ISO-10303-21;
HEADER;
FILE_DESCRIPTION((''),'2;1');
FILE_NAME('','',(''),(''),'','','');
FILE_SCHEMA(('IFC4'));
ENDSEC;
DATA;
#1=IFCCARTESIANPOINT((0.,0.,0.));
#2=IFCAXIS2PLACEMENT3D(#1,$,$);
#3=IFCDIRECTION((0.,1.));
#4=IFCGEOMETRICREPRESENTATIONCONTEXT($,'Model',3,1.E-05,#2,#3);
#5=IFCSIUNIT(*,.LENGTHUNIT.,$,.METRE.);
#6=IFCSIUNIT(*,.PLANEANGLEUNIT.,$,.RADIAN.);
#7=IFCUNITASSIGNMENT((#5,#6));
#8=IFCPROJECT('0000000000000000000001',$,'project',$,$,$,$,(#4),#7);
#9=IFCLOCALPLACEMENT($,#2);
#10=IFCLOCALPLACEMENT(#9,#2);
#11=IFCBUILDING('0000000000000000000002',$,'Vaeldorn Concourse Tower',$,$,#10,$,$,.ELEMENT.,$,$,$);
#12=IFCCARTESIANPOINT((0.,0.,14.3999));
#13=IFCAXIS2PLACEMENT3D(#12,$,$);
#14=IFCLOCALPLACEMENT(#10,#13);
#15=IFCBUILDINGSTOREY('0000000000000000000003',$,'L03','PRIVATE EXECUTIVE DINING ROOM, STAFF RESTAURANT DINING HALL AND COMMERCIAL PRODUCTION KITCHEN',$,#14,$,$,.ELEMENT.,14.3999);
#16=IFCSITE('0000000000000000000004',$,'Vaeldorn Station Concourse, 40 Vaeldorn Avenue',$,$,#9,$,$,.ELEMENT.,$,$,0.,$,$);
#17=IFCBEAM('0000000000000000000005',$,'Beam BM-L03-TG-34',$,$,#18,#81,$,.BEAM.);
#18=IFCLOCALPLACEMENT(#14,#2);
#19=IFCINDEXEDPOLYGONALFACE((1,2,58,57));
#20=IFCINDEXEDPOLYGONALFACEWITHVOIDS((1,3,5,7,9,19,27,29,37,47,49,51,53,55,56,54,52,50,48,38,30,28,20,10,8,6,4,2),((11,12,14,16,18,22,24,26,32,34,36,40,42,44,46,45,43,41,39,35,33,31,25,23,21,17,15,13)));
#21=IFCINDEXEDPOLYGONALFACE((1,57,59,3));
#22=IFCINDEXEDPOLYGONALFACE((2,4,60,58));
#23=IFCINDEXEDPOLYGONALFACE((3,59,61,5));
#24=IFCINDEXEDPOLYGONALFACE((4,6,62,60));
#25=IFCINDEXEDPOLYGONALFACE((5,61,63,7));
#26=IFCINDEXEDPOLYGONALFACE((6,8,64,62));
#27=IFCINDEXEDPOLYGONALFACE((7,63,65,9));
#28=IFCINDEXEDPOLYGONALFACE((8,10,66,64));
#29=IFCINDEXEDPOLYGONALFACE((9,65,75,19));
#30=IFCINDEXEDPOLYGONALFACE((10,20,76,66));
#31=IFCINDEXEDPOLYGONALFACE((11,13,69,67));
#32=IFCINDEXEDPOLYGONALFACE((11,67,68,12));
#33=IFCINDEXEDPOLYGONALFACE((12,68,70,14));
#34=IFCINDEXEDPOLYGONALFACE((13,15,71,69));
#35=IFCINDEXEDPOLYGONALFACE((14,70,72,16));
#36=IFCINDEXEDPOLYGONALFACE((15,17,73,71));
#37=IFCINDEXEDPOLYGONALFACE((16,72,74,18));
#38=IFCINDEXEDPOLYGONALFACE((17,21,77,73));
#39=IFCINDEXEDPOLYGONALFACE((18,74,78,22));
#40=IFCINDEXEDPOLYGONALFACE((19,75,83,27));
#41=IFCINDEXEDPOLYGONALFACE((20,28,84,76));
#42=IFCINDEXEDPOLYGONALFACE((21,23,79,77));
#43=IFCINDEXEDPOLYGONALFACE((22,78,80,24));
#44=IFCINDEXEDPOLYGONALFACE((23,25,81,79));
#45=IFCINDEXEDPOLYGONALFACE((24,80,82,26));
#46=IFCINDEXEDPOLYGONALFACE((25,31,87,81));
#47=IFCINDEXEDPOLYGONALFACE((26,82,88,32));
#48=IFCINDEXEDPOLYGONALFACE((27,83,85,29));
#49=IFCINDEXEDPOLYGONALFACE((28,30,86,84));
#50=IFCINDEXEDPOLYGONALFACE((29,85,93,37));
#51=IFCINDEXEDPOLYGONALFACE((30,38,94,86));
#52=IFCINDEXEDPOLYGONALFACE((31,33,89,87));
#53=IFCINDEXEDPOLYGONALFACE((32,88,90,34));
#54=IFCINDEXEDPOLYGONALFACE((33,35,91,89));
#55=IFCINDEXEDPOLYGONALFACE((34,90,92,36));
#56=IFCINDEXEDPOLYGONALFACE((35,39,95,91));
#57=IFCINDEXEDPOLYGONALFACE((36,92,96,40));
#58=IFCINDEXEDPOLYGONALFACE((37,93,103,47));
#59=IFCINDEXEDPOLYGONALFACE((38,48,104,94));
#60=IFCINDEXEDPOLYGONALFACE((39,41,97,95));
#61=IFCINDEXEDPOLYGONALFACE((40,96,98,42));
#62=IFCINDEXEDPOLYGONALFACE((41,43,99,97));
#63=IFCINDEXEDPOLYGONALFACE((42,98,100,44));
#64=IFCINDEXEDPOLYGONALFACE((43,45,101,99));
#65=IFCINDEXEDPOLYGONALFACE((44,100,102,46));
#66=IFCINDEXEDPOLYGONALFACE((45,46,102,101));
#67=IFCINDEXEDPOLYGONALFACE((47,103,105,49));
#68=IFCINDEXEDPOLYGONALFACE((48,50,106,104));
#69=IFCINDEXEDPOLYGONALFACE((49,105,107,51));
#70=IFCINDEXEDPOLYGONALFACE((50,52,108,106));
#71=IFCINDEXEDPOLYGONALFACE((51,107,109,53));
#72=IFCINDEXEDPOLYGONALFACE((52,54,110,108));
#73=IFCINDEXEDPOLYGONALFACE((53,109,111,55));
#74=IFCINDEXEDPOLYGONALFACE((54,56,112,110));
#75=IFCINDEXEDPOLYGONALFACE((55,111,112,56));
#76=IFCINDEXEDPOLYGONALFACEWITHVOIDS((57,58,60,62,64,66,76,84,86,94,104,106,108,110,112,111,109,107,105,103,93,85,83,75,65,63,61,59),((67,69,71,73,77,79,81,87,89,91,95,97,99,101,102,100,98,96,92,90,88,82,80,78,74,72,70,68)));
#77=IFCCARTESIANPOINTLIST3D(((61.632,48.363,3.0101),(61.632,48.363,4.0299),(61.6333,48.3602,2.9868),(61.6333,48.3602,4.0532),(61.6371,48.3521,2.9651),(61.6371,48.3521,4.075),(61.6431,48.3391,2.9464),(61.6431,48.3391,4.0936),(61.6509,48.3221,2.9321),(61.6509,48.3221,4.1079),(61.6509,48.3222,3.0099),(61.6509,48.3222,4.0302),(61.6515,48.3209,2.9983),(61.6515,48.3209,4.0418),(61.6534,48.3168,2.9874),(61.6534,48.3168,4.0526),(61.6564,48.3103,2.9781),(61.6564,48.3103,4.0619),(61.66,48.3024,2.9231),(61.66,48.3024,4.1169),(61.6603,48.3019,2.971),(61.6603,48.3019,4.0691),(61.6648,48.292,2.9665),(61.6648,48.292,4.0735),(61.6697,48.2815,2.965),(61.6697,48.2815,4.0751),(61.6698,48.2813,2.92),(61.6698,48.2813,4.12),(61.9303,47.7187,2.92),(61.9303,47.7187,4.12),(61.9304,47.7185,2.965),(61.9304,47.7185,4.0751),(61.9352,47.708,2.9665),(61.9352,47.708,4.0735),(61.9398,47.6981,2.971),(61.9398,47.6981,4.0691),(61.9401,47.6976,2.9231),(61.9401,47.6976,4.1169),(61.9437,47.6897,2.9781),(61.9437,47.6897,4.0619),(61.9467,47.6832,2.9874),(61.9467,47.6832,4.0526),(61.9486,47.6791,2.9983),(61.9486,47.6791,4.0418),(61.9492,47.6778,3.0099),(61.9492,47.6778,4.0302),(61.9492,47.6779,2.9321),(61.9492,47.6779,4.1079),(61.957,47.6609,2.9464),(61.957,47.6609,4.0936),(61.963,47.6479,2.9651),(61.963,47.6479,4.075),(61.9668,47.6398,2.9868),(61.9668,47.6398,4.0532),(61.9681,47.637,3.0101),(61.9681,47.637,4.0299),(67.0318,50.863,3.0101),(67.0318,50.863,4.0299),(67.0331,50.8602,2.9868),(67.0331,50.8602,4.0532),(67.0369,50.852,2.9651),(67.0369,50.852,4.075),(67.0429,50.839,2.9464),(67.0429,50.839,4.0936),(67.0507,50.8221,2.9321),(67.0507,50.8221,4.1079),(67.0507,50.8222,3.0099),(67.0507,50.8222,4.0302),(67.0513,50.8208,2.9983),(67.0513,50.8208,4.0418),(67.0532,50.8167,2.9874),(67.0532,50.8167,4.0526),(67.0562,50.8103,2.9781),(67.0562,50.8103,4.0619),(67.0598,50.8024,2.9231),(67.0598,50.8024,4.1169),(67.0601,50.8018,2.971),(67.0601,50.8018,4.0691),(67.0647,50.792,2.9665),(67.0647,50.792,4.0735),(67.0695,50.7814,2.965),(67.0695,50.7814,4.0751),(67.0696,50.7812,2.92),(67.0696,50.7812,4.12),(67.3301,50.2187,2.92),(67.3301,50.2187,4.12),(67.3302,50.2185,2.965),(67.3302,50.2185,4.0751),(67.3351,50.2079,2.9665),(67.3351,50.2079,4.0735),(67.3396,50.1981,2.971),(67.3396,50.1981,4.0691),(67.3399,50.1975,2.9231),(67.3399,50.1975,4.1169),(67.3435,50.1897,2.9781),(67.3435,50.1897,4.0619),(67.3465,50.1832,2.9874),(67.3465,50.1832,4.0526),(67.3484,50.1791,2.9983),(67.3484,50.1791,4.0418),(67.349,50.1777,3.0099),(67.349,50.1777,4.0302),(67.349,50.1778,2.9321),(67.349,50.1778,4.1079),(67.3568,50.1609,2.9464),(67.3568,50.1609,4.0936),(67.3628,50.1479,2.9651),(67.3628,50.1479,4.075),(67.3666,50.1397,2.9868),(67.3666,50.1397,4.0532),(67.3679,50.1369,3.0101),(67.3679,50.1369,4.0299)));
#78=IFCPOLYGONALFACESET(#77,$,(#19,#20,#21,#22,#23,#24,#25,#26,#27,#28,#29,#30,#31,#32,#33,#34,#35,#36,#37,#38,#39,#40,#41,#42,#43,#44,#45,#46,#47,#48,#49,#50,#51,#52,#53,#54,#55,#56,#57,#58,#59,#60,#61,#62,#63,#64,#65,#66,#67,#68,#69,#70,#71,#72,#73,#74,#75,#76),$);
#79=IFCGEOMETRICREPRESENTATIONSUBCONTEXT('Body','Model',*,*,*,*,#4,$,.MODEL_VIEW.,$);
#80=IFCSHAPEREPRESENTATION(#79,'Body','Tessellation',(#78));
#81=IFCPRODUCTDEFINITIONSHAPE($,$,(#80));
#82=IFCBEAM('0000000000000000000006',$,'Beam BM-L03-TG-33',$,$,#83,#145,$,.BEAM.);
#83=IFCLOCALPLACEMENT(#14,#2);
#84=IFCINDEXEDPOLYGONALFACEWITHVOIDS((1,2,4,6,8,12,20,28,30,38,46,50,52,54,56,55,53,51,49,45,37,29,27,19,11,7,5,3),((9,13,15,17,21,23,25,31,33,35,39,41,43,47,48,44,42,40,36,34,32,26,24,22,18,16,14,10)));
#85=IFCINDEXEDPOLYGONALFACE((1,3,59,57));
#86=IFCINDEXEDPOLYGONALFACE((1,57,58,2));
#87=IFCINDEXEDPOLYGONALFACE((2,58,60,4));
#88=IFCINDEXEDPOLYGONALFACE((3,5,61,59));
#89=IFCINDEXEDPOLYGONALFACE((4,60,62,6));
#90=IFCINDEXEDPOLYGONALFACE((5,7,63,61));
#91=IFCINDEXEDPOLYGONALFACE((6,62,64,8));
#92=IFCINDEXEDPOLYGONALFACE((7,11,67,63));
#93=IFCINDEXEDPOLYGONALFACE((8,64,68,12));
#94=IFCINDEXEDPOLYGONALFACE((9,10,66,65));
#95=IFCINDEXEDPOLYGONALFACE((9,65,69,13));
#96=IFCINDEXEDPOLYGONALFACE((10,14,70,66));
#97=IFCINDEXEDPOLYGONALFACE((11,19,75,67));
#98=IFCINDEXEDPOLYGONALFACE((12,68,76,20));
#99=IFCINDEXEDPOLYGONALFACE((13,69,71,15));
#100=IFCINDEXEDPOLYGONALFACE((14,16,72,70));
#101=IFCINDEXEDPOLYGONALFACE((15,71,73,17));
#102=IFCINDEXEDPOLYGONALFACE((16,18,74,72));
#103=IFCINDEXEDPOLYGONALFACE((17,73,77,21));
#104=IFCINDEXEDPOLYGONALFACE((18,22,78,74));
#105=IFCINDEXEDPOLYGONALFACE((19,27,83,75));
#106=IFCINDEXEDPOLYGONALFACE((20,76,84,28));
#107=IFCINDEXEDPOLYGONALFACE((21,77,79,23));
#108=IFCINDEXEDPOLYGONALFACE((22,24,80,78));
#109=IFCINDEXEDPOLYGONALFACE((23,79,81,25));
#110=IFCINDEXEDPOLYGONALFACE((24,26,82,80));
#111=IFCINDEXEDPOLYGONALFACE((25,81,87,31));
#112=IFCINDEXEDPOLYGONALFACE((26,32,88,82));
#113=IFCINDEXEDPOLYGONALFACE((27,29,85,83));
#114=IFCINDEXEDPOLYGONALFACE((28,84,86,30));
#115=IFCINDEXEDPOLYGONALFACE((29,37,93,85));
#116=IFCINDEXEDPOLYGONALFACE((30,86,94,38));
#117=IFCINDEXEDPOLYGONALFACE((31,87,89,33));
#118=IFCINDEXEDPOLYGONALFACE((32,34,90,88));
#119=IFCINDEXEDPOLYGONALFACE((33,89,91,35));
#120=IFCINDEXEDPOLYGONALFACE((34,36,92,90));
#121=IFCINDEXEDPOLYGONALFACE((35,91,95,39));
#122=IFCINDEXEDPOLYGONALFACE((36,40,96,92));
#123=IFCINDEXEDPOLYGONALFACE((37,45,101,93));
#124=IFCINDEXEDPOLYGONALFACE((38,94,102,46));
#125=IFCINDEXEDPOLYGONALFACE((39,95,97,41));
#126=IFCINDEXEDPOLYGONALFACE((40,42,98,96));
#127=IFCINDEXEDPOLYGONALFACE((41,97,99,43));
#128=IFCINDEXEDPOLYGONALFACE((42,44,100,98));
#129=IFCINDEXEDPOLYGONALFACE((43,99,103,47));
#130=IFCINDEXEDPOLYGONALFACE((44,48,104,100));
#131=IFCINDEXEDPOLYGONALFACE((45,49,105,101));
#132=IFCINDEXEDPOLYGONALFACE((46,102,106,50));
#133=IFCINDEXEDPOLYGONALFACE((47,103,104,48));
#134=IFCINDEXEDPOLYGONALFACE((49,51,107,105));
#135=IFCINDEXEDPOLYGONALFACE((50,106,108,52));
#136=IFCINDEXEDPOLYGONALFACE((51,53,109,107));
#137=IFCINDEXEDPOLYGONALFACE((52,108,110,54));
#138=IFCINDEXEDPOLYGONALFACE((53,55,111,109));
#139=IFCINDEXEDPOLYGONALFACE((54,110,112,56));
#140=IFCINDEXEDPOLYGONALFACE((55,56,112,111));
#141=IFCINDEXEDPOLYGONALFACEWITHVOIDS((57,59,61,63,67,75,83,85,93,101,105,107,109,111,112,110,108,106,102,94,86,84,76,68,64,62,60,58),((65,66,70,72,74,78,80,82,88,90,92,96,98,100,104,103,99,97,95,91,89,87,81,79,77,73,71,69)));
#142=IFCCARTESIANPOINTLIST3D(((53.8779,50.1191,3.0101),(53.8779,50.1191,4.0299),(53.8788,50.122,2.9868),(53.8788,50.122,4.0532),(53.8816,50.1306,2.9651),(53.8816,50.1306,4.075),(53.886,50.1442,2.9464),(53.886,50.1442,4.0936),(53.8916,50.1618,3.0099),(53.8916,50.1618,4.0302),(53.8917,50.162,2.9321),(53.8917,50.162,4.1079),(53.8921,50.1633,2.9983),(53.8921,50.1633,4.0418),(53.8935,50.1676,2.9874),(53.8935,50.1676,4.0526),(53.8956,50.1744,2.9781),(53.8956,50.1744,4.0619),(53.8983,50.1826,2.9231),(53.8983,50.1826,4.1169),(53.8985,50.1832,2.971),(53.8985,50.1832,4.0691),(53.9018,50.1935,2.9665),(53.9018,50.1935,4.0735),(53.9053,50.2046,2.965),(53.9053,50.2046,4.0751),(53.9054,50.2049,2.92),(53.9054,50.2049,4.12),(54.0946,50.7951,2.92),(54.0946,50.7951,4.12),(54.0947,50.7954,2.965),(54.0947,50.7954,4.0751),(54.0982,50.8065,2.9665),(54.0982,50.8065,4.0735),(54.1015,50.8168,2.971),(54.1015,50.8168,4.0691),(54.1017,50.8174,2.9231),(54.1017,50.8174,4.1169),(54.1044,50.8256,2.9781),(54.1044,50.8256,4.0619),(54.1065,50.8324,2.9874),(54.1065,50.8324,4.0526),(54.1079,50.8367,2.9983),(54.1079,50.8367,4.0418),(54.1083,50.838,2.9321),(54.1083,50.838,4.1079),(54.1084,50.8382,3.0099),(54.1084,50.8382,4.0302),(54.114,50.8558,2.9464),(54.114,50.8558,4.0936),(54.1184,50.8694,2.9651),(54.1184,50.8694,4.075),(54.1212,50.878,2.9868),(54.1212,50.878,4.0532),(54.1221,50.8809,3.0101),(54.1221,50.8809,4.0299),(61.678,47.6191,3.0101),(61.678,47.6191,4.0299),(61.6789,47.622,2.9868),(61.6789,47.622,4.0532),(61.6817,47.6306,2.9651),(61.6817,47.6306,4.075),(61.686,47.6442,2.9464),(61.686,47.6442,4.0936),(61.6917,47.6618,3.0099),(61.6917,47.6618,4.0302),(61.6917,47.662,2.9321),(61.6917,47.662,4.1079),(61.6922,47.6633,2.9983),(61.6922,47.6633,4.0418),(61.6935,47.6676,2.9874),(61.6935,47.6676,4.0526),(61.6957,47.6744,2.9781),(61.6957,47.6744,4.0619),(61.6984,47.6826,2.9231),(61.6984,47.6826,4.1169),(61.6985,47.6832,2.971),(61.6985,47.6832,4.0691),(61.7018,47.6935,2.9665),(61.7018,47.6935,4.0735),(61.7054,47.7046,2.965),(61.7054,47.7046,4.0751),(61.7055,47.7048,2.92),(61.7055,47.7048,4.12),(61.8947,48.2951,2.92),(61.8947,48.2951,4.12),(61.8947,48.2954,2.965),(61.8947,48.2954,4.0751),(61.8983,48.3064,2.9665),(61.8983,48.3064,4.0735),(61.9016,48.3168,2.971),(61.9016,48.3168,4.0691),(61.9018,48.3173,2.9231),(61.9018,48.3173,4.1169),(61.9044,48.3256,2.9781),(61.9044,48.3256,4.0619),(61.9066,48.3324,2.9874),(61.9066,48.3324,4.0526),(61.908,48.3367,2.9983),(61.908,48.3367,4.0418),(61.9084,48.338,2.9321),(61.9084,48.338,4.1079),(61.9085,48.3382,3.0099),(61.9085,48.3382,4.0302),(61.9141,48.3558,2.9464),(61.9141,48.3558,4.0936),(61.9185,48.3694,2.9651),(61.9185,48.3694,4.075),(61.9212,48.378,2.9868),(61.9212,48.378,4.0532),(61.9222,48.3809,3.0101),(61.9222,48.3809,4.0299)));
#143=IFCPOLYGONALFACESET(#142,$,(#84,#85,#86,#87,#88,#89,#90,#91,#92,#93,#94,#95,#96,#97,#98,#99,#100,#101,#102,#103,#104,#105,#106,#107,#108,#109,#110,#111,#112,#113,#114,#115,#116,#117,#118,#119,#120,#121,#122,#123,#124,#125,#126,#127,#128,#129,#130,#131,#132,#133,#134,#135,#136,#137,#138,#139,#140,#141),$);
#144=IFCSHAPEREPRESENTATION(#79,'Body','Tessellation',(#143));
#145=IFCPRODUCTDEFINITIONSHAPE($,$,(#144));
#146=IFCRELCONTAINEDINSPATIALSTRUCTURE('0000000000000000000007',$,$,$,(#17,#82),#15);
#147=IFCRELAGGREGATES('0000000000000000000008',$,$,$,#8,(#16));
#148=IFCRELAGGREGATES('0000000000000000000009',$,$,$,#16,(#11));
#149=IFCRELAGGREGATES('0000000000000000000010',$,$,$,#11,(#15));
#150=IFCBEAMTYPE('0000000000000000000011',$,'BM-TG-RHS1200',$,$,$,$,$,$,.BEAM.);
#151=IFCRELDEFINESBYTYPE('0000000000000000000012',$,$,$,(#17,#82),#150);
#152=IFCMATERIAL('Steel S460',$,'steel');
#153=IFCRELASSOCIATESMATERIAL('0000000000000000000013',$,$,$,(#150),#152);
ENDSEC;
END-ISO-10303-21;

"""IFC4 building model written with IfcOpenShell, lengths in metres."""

from ifc_helpers import new_model, si_unit, direction, frame, origin, origin_2d, place, context, subcontext, project, spatial, hollow_rectangle, extrude, source, transform, mapped, material, material_profile, profile_set, type_object, element, save


model = new_model("IFC4")

# Units and contexts
model_context = context("Model", 3, precision=1e-05, world=origin(), true_north=direction((0.0, 1.0)))
body_context = subcontext(model_context, "Body", "Model", "MODEL_VIEW")
ifc_project = project(units=[si_unit("LENGTHUNIT", "METRE"), si_unit("PLANEANGLEUNIT", "RADIAN")], contexts=[model_context])

# Site, building, storey
site_placement = place(None, origin())
site = spatial("IfcSite", under=ifc_project, at=site_placement, Name="Vaeldorn Station Concourse, 40 Vaeldorn Avenue", CompositionType="ELEMENT", RefElevation=0.0)
building_placement = place(site_placement, origin())
building = spatial("IfcBuilding", under=site, at=building_placement, Name="Vaeldorn Concourse Tower", CompositionType="ELEMENT")
storey_placement = place(building_placement, frame((0.0, 0.0, 14.3999)))
storey = spatial("IfcBuildingStorey", under=building, at=storey_placement, Name="L03", Description="PRIVATE EXECUTIVE DINING ROOM, STAFF RESTAURANT DINING HALL AND COMMERCIAL PRODUCTION KITCHEN", CompositionType="ELEMENT", Elevation=14.3999)

# Shared definitions
ifc_material_1 = material(Name="Steel S460", Category="steel")

# Beams
ifc_material_profile_1 = material_profile(ifc_material_1, hollow_rectangle(XDim=0.8, YDim=1.2, WallThickness=0.0449, InnerFilletRadius=0.0449, OuterFilletRadius=0.0901, at=origin_2d()), Name="RHS 1200x800x45")
ifc_profile_set_1 = profile_set([ifc_material_profile_1], Name="Steel S460")
beam_type = type_object("IfcBeamType", Name="BM-TG-RHS1200", PredefinedType="BEAM", material=ifc_profile_set_1)
shared_shape_1 = source(origin(), body_context, "Body", "SweptSolid", [
    extrude(hollow_rectangle(XDim=0.8, YDim=1.2, WallThickness=0.0449, InnerFilletRadius=0.0449, OuterFilletRadius=0.0901, at=origin_2d()), origin(), (0.0, 0.0, 1.0), 5.9504),
])
beam_1_placement = place(storey_placement, frame((61.8, 48.0, 3.52), z_axis=(0.907464, 0.42013, 0.0), x_axis=(-0.42013, 0.907464, 0.0)))
element("IfcBeam", 1, at=beam_1_placement, inside=storey, type_object=beam_type, Name="Beam BM-L03-TG-34", PredefinedType="BEAM", context=body_context, shape_type="MappedRepresentation", body=[
    mapped(shared_shape_1, transform((0.0, 0.0, 0.0), scale=1.0)),
])
shared_shape_2 = source(origin(), body_context, "Body", "SweptSolid", [
    extrude(hollow_rectangle(XDim=0.8, YDim=1.2, WallThickness=0.0449, InnerFilletRadius=0.0449, OuterFilletRadius=0.0901, at=origin_2d()), origin(), (0.0, 0.0, 1.0), 8.1909),
])
beam_2_placement = place(storey_placement, frame((54.0, 50.5, 3.52), z_axis=(0.952283, -0.305217, 0.0), x_axis=(0.305217, 0.952283, 0.0)))
element("IfcBeam", 2, at=beam_2_placement, inside=storey, type_object=beam_type, Name="Beam BM-L03-TG-33", PredefinedType="BEAM", context=body_context, shape_type="MappedRepresentation", body=[
    mapped(shared_shape_2, transform((0.0, 0.0, 0.0), scale=1.0)),
])

save(model, "model.ifc")
